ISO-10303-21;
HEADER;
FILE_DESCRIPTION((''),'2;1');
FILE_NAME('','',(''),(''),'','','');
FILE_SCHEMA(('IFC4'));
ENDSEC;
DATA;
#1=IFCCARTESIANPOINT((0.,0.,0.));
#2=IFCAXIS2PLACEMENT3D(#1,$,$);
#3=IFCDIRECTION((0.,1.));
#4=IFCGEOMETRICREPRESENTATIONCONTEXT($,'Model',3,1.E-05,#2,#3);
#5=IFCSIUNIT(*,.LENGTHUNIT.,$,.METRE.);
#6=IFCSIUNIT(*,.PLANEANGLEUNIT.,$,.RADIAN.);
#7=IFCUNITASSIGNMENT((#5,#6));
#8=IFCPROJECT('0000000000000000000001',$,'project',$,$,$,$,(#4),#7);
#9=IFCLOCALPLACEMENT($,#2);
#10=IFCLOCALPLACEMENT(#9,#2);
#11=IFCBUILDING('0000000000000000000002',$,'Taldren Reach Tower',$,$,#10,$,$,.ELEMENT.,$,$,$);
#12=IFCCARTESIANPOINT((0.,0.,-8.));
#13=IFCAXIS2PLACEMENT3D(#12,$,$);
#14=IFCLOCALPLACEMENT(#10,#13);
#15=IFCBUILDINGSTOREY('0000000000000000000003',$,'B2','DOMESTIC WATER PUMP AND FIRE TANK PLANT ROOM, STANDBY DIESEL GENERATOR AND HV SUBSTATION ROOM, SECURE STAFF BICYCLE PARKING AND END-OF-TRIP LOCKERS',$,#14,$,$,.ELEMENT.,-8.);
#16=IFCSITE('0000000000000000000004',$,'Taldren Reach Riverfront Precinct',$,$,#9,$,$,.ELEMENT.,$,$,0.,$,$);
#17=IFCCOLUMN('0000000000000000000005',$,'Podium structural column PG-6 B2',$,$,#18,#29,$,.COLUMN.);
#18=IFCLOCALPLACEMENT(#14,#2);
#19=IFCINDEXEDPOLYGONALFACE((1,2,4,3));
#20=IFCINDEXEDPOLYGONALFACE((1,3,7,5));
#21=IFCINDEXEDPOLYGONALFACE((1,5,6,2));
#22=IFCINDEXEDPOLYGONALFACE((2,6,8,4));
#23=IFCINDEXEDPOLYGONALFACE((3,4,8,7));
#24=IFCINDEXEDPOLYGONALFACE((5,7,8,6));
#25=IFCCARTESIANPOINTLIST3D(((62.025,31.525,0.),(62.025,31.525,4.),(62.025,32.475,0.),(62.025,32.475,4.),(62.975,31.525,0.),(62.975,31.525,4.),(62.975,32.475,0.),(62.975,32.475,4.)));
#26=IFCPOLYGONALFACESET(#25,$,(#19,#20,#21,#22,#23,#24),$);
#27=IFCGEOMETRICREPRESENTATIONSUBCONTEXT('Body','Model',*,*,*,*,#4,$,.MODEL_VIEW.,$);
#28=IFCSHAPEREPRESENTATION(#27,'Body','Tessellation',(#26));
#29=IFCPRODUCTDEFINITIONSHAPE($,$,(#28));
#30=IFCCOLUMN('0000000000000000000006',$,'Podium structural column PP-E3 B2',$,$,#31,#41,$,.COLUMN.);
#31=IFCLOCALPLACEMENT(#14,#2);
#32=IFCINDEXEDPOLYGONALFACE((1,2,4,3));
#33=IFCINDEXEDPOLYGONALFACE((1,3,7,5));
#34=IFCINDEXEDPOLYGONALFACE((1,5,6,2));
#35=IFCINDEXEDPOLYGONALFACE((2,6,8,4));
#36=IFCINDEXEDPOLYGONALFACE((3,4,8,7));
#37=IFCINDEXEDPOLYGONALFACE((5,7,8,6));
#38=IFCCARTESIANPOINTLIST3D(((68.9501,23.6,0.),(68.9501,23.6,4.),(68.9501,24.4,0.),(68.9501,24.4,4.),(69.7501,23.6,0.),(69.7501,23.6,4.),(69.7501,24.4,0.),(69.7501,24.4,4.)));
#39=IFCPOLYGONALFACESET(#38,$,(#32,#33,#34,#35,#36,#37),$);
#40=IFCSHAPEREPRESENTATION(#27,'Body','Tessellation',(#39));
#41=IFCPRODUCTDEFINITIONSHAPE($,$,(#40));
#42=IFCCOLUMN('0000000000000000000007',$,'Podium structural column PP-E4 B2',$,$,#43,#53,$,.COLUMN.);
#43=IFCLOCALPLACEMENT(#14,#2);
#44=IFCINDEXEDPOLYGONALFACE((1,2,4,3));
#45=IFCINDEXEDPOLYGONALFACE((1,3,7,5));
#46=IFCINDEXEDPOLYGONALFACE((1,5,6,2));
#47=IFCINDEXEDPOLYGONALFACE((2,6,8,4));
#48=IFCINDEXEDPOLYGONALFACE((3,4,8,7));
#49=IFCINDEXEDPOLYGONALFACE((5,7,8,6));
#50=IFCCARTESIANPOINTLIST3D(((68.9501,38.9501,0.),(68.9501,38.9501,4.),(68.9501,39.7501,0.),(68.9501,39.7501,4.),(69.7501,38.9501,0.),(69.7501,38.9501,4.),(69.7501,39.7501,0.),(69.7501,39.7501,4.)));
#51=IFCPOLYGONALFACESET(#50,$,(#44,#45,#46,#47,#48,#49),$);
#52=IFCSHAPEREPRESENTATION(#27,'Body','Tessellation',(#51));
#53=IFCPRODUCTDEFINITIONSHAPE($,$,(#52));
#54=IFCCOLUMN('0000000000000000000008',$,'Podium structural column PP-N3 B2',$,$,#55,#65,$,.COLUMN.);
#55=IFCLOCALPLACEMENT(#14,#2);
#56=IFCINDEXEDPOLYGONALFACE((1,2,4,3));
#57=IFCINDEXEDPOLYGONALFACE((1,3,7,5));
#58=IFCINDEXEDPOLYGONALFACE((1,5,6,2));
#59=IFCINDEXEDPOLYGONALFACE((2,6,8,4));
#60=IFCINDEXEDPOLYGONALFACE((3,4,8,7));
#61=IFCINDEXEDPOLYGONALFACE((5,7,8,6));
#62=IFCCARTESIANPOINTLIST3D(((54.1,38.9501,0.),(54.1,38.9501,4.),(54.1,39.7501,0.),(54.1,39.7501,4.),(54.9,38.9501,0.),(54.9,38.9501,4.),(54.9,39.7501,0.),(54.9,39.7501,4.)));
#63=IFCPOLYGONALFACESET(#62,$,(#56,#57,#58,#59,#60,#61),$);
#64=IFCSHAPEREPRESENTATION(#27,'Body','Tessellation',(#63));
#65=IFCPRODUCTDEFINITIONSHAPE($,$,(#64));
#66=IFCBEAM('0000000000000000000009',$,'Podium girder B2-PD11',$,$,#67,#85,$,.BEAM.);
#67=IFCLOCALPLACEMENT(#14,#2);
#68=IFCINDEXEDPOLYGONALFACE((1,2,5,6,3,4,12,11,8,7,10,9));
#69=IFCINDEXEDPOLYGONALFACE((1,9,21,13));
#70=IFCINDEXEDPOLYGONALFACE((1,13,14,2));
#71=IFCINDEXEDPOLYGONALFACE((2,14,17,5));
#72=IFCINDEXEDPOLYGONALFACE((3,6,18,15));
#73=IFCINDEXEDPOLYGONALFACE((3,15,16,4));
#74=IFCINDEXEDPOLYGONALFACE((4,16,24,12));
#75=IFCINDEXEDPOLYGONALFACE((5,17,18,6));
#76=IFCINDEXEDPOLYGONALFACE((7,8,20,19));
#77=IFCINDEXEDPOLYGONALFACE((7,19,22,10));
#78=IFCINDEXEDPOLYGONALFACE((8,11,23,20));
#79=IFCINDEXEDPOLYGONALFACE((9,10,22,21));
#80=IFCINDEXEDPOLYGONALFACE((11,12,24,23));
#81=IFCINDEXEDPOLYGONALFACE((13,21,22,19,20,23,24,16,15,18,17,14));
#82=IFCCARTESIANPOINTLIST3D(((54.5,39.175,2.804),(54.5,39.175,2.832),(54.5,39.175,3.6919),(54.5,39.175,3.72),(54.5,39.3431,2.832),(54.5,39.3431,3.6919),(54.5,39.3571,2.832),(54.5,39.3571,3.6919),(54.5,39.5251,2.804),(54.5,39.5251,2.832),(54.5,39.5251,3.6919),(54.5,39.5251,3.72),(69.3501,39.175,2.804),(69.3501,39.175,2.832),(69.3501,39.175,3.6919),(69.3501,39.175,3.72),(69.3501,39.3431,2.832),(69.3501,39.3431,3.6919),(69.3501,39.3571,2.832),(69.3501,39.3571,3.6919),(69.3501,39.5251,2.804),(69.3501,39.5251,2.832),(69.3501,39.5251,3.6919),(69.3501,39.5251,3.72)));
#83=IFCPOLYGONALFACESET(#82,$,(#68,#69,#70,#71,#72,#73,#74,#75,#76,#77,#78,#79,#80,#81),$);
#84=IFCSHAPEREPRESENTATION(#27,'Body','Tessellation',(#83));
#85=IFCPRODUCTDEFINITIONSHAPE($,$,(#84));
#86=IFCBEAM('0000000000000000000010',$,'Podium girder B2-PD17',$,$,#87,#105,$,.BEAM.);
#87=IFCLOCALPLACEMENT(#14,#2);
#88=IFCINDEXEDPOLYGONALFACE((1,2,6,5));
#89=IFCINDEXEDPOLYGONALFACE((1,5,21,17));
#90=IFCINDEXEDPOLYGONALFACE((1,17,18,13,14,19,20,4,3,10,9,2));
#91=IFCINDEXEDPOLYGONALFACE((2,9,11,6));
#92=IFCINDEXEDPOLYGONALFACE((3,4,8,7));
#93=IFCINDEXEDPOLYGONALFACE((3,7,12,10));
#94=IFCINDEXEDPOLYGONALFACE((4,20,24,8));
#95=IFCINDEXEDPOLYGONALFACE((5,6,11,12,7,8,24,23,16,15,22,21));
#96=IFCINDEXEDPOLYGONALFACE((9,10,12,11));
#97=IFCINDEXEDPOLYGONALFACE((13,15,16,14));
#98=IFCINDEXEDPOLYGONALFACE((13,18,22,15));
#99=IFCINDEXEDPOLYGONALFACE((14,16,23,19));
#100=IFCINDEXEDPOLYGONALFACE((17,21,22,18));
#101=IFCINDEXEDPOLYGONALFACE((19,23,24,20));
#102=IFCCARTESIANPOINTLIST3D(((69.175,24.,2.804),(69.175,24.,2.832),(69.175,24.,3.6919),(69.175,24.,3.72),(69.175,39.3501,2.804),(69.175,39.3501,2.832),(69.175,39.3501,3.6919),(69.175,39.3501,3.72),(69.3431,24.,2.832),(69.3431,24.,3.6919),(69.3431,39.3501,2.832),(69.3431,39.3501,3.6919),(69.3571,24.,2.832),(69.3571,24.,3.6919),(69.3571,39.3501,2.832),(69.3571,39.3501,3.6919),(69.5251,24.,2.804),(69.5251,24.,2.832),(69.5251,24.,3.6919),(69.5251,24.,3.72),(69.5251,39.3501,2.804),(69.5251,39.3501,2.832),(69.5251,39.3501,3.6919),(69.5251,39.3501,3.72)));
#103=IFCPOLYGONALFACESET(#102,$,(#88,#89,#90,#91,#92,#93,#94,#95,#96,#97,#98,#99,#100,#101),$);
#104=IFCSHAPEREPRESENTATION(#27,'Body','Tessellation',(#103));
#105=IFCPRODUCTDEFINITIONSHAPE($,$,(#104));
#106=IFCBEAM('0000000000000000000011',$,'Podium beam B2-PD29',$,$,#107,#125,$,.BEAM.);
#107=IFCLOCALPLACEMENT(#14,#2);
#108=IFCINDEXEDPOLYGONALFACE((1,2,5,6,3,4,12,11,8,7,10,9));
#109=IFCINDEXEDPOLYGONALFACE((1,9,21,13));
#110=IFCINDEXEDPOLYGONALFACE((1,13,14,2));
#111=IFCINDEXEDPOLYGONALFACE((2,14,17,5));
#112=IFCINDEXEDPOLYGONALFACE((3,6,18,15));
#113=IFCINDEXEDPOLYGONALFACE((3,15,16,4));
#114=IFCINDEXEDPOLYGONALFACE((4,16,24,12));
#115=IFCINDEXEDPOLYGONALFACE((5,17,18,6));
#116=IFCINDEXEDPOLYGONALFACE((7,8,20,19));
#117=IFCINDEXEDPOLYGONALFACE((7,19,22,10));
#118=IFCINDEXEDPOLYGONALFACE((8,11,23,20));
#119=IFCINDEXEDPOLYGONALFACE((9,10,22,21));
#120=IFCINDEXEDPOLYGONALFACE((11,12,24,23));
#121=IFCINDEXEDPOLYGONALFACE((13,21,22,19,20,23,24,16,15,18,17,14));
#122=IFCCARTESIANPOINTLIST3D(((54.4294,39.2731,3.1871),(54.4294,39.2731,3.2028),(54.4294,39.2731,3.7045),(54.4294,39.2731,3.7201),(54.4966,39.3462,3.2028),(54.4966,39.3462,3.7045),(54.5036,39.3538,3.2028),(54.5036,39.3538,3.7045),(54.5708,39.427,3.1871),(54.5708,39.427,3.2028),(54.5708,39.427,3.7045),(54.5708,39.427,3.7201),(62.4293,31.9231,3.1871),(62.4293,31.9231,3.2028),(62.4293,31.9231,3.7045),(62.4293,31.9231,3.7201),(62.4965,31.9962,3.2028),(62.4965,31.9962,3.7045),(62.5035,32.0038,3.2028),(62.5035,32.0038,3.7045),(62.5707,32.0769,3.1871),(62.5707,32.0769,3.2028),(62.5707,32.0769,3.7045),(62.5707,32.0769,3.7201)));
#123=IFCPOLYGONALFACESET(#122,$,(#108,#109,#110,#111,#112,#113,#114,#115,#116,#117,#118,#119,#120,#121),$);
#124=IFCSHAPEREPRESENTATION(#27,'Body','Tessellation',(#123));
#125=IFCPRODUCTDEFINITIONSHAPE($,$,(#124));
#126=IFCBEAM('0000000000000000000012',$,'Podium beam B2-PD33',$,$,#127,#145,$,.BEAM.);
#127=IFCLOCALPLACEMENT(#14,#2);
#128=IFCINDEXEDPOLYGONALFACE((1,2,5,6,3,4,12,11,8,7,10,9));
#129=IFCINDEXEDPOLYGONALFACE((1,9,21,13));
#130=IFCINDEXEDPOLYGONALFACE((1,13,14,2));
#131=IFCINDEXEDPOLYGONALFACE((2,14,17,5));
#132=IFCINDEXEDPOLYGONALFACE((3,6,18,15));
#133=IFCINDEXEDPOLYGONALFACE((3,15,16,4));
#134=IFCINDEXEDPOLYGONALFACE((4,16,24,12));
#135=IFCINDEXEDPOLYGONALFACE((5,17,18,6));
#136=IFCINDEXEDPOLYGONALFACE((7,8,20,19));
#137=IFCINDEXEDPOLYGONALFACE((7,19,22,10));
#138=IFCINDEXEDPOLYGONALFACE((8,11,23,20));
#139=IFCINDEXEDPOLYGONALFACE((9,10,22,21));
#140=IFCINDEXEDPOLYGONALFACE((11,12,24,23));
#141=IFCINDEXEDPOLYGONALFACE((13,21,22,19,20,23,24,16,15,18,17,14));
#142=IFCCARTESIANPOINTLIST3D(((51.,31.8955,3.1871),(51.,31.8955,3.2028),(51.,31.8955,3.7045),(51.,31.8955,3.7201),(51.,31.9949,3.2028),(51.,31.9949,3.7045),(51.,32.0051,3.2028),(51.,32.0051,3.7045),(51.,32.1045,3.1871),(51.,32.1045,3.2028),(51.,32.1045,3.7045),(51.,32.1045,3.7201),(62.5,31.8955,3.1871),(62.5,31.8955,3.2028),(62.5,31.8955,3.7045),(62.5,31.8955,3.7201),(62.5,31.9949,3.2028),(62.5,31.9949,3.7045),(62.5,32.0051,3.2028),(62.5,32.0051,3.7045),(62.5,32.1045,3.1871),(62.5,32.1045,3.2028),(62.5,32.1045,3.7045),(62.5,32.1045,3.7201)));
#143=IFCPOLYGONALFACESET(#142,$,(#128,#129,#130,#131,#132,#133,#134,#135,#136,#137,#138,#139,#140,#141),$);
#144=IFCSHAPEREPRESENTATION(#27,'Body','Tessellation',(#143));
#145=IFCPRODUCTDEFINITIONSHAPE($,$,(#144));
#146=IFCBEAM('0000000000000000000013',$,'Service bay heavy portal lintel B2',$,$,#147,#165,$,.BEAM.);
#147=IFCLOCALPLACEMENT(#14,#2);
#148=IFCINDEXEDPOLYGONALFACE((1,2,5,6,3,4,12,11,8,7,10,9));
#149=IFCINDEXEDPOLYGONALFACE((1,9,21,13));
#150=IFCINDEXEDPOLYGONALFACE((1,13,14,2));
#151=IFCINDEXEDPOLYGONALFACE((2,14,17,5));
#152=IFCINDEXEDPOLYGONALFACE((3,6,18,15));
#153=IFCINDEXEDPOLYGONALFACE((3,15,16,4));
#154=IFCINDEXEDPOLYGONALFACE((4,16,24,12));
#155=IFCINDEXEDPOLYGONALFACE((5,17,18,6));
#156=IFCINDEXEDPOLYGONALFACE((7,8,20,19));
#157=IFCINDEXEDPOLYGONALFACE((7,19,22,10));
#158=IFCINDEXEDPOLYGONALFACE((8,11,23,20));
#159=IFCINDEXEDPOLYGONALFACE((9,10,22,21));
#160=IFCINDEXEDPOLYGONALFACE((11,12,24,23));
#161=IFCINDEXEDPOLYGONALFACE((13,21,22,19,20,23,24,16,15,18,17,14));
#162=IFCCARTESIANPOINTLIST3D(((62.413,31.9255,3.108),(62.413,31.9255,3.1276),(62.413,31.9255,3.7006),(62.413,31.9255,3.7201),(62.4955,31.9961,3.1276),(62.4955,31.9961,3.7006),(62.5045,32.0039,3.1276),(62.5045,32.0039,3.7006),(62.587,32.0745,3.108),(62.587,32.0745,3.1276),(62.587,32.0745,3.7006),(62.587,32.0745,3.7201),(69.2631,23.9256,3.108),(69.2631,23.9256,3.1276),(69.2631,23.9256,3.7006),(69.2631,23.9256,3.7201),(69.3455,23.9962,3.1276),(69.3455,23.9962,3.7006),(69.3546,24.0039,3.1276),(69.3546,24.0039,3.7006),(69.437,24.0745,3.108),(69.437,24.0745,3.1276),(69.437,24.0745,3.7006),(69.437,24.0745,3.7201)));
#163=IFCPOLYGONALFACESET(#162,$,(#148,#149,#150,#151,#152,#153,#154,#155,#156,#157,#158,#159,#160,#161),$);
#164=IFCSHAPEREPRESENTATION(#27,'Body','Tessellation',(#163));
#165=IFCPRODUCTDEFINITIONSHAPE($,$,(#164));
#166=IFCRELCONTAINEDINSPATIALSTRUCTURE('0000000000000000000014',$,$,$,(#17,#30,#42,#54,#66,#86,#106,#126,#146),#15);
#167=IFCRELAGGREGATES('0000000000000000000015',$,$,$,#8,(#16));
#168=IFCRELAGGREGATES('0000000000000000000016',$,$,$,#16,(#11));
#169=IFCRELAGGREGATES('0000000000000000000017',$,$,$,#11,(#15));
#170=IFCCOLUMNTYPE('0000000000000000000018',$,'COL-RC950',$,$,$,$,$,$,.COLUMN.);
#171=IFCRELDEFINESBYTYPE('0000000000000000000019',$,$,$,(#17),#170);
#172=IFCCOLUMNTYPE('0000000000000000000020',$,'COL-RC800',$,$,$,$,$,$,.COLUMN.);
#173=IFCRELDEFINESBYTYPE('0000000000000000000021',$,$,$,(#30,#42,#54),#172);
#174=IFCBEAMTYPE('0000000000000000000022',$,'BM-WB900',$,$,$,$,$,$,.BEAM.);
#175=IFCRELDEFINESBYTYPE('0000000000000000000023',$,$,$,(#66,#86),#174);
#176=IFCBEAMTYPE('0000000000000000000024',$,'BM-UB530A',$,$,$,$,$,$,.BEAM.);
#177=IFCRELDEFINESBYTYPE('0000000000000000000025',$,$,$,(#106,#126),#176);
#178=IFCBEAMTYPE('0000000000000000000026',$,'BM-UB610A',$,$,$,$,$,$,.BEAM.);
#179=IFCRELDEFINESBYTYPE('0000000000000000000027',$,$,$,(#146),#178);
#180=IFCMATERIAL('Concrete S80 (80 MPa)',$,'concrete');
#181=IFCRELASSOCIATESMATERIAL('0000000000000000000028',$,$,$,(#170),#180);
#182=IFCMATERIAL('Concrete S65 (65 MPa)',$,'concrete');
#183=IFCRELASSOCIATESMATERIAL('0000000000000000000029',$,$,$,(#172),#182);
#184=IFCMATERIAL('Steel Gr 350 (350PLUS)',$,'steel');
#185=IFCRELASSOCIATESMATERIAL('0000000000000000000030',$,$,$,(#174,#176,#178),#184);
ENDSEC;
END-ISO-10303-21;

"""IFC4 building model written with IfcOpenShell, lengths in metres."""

from ifc_helpers import new_model, si_unit, direction, frame, origin, origin_2d, place, context, subcontext, project, spatial, rectangle, i_section, extrude, source, transform, mapped, material, material_profile, profile_set, type_object, element, save


model = new_model("IFC4")

# Units and contexts
model_context = context("Model", 3, precision=1e-05, world=origin(), true_north=direction((0.0, 1.0)))
body_context = subcontext(model_context, "Body", "Model", "MODEL_VIEW")
ifc_project = project(units=[si_unit("LENGTHUNIT", "METRE"), si_unit("PLANEANGLEUNIT", "RADIAN")], contexts=[model_context])

# Site, building, storey
site_placement = place(None, origin())
site = spatial("IfcSite", under=ifc_project, at=site_placement, Name="Taldren Reach Riverfront Precinct", CompositionType="ELEMENT", RefElevation=0.0)
building_placement = place(site_placement, origin())
building = spatial("IfcBuilding", under=site, at=building_placement, Name="Taldren Reach Tower", CompositionType="ELEMENT")
storey_placement = place(building_placement, frame((0.0, 0.0, -8.0)))
storey = spatial("IfcBuildingStorey", under=building, at=storey_placement, Name="B2", Description="DOMESTIC WATER PUMP AND FIRE TANK PLANT ROOM, STANDBY DIESEL GENERATOR AND HV SUBSTATION ROOM, SECURE STAFF BICYCLE PARKING AND END-OF-TRIP LOCKERS", CompositionType="ELEMENT", Elevation=-8.0)

# Shared definitions
ifc_material_1 = material(Name="Concrete S65 (65 MPa)", Category="concrete")

# Columns
ifc_material_2 = material(Name="Concrete S80 (80 MPa)", Category="concrete")
ifc_material_profile_1 = material_profile(ifc_material_2, rectangle(XDim=0.95, YDim=0.95, at=origin_2d()), Name="RC-950x950")
ifc_profile_set_1 = profile_set([ifc_material_profile_1], Name="Concrete S80 (80 MPa)")
column_type_1 = type_object("IfcColumnType", Name="COL-RC950", PredefinedType="COLUMN", material=ifc_profile_set_1)
shared_shape_1 = source(origin(), body_context, "Body", "SweptSolid", [
    extrude(rectangle(XDim=0.95, YDim=0.95, at=origin_2d()), origin(), (0.0, 0.0, 1.0), 4.0),
])
column_1_placement = place(storey_placement, frame((62.5, 32.0, 0.0), z_axis=(0.0, 0.0, 1.0), x_axis=(1.0, 0.0, 0.0)))
element("IfcColumn", 1, at=column_1_placement, inside=storey, type_object=column_type_1, Name="Podium structural column PG-6 B2", PredefinedType="COLUMN", context=body_context, shape_type="MappedRepresentation", body=[
    mapped(shared_shape_1, transform((0.0, 0.0, 0.0), scale=1.0)),
])
ifc_material_profile_2 = material_profile(ifc_material_1, rectangle(XDim=0.8, YDim=0.8, at=origin_2d()), Name="RC-800x800")
ifc_profile_set_2 = profile_set([ifc_material_profile_2], Name="Concrete S65 (65 MPa)")
column_type_2 = type_object("IfcColumnType", Name="COL-RC800", PredefinedType="COLUMN", material=ifc_profile_set_2)
shared_shape_2 = source(origin(), body_context, "Body", "SweptSolid", [
    extrude(rectangle(XDim=0.8, YDim=0.8, at=origin_2d()), origin(), (0.0, 0.0, 1.0), 4.0),
])
for number, where, z_axis, x_axis, name in (
    (2, (69.3501, 24.0, 0.0), (0.0, 0.0, 1.0), (1.0, 0.0, 0.0), "Podium structural column PP-E3 B2"),
    (3, (69.3501, 39.3501, 0.0), (0.0, 0.0, 1.0), (1.0, 0.0, 0.0), "Podium structural column PP-E4 B2"),
    (4, (54.5, 39.3501, 0.0), (0.0, 0.0, 1.0), (1.0, 0.0, 0.0), "Podium structural column PP-N3 B2"),
):
    element("IfcColumn", number, at=place(storey_placement, frame(where, z_axis=z_axis, x_axis=x_axis)), inside=storey, type_object=column_type_2, Name=name, PredefinedType="COLUMN", context=body_context, shape_type="MappedRepresentation", body=[
        mapped(shared_shape_2, transform((0.0, 0.0, 0.0), scale=1.0)),
    ])

# Beams
ifc_material_3 = material(Name="Steel Gr 350 (350PLUS)", Category="steel")
ifc_material_profile_3 = material_profile(ifc_material_3, i_section(OverallWidth=0.3501, OverallDepth=0.916, WebThickness=0.0139, FlangeThickness=0.0281, at=origin_2d()), Name="900WB257")
ifc_profile_set_3 = profile_set([ifc_material_profile_3], Name="Steel Gr 350 (350PLUS)")
beam_type_1 = type_object("IfcBeamType", Name="BM-WB900", PredefinedType="BEAM", material=ifc_profile_set_3)
shared_shape_3 = source(origin(), body_context, "Body", "SweptSolid", [
    extrude(i_section(OverallWidth=0.3501, OverallDepth=0.916, WebThickness=0.0139, FlangeThickness=0.0281, at=origin_2d()), origin(), (0.0, 0.0, 1.0), 14.8501),
])
beam_1_placement = place(storey_placement, frame((54.5, 39.3501, 3.262), z_axis=(1.0, 0.0, 0.0), x_axis=(0.0, 1.0, 0.0)))
element("IfcBeam", 5, at=beam_1_placement, inside=storey, type_object=beam_type_1, Name="Podium girder B2-PD11", PredefinedType="BEAM", context=body_context, shape_type="MappedRepresentation", body=[
    mapped(shared_shape_3, transform((0.0, 0.0, 0.0), scale=1.0)),
])
shared_shape_4 = source(origin(), body_context, "Body", "SweptSolid", [
    extrude(i_section(OverallWidth=0.3501, OverallDepth=0.916, WebThickness=0.0139, FlangeThickness=0.0281, at=origin_2d()), origin(), (0.0, 0.0, 1.0), 15.3501),
])
beam_2_placement = place(storey_placement, frame((69.3501, 24.0, 3.262), z_axis=(0.0, 1.0, 0.0), x_axis=(-1.0, 0.0, 0.0)))
element("IfcBeam", 6, at=beam_2_placement, inside=storey, type_object=beam_type_1, Name="Podium girder B2-PD17", PredefinedType="BEAM", context=body_context, shape_type="MappedRepresentation", body=[
    mapped(shared_shape_4, transform((0.0, 0.0, 0.0), scale=1.0)),
])
ifc_material_profile_4 = material_profile(ifc_material_3, i_section(OverallWidth=0.209, OverallDepth=0.533, WebThickness=0.0103, FlangeThickness=0.0156, at=origin_2d()), Name="530UB92.4")
ifc_profile_set_4 = profile_set([ifc_material_profile_4], Name="Steel Gr 350 (350PLUS)")
beam_type_2 = type_object("IfcBeamType", Name="BM-UB530A", PredefinedType="BEAM", material=ifc_profile_set_4)
shared_shape_5 = source(origin(), body_context, "Body", "SweptSolid", [
    extrude(i_section(OverallWidth=0.209, OverallDepth=0.533, WebThickness=0.0103, FlangeThickness=0.0156, at=origin_2d()), origin(), (0.0, 0.0, 1.0), 10.8638),
])
beam_3_placement = place(storey_placement, frame((62.5, 32.0, 3.4536), z_axis=(-0.736385, 0.676563, 0.0), x_axis=(-0.676563, -0.736385, 0.0)))
element("IfcBeam", 7, at=beam_3_placement, inside=storey, type_object=beam_type_2, Name="Podium beam B2-PD29", PredefinedType="BEAM", context=body_context, shape_type="MappedRepresentation", body=[
    mapped(shared_shape_5, transform((0.0, 0.0, 0.0), scale=1.0)),
])
shared_shape_6 = source(origin(), body_context, "Body", "SweptSolid", [
    extrude(i_section(OverallWidth=0.209, OverallDepth=0.533, WebThickness=0.0103, FlangeThickness=0.0156, at=origin_2d()), origin(), (0.0, 0.0, 1.0), 11.5),
])
beam_4_placement = place(storey_placement, frame((51.0, 32.0, 3.4536), z_axis=(1.0, 0.0, 0.0), x_axis=(0.0, 1.0, 0.0)))
element("IfcBeam", 8, at=beam_4_placement, inside=storey, type_object=beam_type_2, Name="Podium beam B2-PD33", PredefinedType="BEAM", context=body_context, shape_type="MappedRepresentation", body=[
    mapped(shared_shape_6, transform((0.0, 0.0, 0.0), scale=1.0)),
])
ifc_material_profile_5 = material_profile(ifc_material_3, i_section(OverallWidth=0.229, OverallDepth=0.6121, WebThickness=0.012, FlangeThickness=0.0195, at=origin_2d()), Name="610UB125")
ifc_profile_set_5 = profile_set([ifc_material_profile_5], Name="Steel Gr 350 (350PLUS)")
beam_type_3 = type_object("IfcBeamType", Name="BM-UB610A", PredefinedType="BEAM", material=ifc_profile_set_5)
shared_shape_7 = source(origin(), body_context, "Body", "SweptSolid", [
    extrude(i_section(OverallWidth=0.229, OverallDepth=0.6121, WebThickness=0.012, FlangeThickness=0.0195, at=origin_2d()), origin(), (0.0, 0.0, 1.0), 10.532),
])
beam_5_placement = place(storey_placement, frame((62.5, 32.0, 3.4141), z_axis=(0.650406, -0.759587, 0.0), x_axis=(0.759587, 0.650406, 0.0)))
element("IfcBeam", 9, at=beam_5_placement, inside=storey, type_object=beam_type_3, Name="Service bay heavy portal lintel B2", PredefinedType="BEAM", context=body_context, shape_type="MappedRepresentation", body=[
    mapped(shared_shape_7, transform((0.0, 0.0, 0.0), scale=1.0)),
])

save(model, "model.ifc")
